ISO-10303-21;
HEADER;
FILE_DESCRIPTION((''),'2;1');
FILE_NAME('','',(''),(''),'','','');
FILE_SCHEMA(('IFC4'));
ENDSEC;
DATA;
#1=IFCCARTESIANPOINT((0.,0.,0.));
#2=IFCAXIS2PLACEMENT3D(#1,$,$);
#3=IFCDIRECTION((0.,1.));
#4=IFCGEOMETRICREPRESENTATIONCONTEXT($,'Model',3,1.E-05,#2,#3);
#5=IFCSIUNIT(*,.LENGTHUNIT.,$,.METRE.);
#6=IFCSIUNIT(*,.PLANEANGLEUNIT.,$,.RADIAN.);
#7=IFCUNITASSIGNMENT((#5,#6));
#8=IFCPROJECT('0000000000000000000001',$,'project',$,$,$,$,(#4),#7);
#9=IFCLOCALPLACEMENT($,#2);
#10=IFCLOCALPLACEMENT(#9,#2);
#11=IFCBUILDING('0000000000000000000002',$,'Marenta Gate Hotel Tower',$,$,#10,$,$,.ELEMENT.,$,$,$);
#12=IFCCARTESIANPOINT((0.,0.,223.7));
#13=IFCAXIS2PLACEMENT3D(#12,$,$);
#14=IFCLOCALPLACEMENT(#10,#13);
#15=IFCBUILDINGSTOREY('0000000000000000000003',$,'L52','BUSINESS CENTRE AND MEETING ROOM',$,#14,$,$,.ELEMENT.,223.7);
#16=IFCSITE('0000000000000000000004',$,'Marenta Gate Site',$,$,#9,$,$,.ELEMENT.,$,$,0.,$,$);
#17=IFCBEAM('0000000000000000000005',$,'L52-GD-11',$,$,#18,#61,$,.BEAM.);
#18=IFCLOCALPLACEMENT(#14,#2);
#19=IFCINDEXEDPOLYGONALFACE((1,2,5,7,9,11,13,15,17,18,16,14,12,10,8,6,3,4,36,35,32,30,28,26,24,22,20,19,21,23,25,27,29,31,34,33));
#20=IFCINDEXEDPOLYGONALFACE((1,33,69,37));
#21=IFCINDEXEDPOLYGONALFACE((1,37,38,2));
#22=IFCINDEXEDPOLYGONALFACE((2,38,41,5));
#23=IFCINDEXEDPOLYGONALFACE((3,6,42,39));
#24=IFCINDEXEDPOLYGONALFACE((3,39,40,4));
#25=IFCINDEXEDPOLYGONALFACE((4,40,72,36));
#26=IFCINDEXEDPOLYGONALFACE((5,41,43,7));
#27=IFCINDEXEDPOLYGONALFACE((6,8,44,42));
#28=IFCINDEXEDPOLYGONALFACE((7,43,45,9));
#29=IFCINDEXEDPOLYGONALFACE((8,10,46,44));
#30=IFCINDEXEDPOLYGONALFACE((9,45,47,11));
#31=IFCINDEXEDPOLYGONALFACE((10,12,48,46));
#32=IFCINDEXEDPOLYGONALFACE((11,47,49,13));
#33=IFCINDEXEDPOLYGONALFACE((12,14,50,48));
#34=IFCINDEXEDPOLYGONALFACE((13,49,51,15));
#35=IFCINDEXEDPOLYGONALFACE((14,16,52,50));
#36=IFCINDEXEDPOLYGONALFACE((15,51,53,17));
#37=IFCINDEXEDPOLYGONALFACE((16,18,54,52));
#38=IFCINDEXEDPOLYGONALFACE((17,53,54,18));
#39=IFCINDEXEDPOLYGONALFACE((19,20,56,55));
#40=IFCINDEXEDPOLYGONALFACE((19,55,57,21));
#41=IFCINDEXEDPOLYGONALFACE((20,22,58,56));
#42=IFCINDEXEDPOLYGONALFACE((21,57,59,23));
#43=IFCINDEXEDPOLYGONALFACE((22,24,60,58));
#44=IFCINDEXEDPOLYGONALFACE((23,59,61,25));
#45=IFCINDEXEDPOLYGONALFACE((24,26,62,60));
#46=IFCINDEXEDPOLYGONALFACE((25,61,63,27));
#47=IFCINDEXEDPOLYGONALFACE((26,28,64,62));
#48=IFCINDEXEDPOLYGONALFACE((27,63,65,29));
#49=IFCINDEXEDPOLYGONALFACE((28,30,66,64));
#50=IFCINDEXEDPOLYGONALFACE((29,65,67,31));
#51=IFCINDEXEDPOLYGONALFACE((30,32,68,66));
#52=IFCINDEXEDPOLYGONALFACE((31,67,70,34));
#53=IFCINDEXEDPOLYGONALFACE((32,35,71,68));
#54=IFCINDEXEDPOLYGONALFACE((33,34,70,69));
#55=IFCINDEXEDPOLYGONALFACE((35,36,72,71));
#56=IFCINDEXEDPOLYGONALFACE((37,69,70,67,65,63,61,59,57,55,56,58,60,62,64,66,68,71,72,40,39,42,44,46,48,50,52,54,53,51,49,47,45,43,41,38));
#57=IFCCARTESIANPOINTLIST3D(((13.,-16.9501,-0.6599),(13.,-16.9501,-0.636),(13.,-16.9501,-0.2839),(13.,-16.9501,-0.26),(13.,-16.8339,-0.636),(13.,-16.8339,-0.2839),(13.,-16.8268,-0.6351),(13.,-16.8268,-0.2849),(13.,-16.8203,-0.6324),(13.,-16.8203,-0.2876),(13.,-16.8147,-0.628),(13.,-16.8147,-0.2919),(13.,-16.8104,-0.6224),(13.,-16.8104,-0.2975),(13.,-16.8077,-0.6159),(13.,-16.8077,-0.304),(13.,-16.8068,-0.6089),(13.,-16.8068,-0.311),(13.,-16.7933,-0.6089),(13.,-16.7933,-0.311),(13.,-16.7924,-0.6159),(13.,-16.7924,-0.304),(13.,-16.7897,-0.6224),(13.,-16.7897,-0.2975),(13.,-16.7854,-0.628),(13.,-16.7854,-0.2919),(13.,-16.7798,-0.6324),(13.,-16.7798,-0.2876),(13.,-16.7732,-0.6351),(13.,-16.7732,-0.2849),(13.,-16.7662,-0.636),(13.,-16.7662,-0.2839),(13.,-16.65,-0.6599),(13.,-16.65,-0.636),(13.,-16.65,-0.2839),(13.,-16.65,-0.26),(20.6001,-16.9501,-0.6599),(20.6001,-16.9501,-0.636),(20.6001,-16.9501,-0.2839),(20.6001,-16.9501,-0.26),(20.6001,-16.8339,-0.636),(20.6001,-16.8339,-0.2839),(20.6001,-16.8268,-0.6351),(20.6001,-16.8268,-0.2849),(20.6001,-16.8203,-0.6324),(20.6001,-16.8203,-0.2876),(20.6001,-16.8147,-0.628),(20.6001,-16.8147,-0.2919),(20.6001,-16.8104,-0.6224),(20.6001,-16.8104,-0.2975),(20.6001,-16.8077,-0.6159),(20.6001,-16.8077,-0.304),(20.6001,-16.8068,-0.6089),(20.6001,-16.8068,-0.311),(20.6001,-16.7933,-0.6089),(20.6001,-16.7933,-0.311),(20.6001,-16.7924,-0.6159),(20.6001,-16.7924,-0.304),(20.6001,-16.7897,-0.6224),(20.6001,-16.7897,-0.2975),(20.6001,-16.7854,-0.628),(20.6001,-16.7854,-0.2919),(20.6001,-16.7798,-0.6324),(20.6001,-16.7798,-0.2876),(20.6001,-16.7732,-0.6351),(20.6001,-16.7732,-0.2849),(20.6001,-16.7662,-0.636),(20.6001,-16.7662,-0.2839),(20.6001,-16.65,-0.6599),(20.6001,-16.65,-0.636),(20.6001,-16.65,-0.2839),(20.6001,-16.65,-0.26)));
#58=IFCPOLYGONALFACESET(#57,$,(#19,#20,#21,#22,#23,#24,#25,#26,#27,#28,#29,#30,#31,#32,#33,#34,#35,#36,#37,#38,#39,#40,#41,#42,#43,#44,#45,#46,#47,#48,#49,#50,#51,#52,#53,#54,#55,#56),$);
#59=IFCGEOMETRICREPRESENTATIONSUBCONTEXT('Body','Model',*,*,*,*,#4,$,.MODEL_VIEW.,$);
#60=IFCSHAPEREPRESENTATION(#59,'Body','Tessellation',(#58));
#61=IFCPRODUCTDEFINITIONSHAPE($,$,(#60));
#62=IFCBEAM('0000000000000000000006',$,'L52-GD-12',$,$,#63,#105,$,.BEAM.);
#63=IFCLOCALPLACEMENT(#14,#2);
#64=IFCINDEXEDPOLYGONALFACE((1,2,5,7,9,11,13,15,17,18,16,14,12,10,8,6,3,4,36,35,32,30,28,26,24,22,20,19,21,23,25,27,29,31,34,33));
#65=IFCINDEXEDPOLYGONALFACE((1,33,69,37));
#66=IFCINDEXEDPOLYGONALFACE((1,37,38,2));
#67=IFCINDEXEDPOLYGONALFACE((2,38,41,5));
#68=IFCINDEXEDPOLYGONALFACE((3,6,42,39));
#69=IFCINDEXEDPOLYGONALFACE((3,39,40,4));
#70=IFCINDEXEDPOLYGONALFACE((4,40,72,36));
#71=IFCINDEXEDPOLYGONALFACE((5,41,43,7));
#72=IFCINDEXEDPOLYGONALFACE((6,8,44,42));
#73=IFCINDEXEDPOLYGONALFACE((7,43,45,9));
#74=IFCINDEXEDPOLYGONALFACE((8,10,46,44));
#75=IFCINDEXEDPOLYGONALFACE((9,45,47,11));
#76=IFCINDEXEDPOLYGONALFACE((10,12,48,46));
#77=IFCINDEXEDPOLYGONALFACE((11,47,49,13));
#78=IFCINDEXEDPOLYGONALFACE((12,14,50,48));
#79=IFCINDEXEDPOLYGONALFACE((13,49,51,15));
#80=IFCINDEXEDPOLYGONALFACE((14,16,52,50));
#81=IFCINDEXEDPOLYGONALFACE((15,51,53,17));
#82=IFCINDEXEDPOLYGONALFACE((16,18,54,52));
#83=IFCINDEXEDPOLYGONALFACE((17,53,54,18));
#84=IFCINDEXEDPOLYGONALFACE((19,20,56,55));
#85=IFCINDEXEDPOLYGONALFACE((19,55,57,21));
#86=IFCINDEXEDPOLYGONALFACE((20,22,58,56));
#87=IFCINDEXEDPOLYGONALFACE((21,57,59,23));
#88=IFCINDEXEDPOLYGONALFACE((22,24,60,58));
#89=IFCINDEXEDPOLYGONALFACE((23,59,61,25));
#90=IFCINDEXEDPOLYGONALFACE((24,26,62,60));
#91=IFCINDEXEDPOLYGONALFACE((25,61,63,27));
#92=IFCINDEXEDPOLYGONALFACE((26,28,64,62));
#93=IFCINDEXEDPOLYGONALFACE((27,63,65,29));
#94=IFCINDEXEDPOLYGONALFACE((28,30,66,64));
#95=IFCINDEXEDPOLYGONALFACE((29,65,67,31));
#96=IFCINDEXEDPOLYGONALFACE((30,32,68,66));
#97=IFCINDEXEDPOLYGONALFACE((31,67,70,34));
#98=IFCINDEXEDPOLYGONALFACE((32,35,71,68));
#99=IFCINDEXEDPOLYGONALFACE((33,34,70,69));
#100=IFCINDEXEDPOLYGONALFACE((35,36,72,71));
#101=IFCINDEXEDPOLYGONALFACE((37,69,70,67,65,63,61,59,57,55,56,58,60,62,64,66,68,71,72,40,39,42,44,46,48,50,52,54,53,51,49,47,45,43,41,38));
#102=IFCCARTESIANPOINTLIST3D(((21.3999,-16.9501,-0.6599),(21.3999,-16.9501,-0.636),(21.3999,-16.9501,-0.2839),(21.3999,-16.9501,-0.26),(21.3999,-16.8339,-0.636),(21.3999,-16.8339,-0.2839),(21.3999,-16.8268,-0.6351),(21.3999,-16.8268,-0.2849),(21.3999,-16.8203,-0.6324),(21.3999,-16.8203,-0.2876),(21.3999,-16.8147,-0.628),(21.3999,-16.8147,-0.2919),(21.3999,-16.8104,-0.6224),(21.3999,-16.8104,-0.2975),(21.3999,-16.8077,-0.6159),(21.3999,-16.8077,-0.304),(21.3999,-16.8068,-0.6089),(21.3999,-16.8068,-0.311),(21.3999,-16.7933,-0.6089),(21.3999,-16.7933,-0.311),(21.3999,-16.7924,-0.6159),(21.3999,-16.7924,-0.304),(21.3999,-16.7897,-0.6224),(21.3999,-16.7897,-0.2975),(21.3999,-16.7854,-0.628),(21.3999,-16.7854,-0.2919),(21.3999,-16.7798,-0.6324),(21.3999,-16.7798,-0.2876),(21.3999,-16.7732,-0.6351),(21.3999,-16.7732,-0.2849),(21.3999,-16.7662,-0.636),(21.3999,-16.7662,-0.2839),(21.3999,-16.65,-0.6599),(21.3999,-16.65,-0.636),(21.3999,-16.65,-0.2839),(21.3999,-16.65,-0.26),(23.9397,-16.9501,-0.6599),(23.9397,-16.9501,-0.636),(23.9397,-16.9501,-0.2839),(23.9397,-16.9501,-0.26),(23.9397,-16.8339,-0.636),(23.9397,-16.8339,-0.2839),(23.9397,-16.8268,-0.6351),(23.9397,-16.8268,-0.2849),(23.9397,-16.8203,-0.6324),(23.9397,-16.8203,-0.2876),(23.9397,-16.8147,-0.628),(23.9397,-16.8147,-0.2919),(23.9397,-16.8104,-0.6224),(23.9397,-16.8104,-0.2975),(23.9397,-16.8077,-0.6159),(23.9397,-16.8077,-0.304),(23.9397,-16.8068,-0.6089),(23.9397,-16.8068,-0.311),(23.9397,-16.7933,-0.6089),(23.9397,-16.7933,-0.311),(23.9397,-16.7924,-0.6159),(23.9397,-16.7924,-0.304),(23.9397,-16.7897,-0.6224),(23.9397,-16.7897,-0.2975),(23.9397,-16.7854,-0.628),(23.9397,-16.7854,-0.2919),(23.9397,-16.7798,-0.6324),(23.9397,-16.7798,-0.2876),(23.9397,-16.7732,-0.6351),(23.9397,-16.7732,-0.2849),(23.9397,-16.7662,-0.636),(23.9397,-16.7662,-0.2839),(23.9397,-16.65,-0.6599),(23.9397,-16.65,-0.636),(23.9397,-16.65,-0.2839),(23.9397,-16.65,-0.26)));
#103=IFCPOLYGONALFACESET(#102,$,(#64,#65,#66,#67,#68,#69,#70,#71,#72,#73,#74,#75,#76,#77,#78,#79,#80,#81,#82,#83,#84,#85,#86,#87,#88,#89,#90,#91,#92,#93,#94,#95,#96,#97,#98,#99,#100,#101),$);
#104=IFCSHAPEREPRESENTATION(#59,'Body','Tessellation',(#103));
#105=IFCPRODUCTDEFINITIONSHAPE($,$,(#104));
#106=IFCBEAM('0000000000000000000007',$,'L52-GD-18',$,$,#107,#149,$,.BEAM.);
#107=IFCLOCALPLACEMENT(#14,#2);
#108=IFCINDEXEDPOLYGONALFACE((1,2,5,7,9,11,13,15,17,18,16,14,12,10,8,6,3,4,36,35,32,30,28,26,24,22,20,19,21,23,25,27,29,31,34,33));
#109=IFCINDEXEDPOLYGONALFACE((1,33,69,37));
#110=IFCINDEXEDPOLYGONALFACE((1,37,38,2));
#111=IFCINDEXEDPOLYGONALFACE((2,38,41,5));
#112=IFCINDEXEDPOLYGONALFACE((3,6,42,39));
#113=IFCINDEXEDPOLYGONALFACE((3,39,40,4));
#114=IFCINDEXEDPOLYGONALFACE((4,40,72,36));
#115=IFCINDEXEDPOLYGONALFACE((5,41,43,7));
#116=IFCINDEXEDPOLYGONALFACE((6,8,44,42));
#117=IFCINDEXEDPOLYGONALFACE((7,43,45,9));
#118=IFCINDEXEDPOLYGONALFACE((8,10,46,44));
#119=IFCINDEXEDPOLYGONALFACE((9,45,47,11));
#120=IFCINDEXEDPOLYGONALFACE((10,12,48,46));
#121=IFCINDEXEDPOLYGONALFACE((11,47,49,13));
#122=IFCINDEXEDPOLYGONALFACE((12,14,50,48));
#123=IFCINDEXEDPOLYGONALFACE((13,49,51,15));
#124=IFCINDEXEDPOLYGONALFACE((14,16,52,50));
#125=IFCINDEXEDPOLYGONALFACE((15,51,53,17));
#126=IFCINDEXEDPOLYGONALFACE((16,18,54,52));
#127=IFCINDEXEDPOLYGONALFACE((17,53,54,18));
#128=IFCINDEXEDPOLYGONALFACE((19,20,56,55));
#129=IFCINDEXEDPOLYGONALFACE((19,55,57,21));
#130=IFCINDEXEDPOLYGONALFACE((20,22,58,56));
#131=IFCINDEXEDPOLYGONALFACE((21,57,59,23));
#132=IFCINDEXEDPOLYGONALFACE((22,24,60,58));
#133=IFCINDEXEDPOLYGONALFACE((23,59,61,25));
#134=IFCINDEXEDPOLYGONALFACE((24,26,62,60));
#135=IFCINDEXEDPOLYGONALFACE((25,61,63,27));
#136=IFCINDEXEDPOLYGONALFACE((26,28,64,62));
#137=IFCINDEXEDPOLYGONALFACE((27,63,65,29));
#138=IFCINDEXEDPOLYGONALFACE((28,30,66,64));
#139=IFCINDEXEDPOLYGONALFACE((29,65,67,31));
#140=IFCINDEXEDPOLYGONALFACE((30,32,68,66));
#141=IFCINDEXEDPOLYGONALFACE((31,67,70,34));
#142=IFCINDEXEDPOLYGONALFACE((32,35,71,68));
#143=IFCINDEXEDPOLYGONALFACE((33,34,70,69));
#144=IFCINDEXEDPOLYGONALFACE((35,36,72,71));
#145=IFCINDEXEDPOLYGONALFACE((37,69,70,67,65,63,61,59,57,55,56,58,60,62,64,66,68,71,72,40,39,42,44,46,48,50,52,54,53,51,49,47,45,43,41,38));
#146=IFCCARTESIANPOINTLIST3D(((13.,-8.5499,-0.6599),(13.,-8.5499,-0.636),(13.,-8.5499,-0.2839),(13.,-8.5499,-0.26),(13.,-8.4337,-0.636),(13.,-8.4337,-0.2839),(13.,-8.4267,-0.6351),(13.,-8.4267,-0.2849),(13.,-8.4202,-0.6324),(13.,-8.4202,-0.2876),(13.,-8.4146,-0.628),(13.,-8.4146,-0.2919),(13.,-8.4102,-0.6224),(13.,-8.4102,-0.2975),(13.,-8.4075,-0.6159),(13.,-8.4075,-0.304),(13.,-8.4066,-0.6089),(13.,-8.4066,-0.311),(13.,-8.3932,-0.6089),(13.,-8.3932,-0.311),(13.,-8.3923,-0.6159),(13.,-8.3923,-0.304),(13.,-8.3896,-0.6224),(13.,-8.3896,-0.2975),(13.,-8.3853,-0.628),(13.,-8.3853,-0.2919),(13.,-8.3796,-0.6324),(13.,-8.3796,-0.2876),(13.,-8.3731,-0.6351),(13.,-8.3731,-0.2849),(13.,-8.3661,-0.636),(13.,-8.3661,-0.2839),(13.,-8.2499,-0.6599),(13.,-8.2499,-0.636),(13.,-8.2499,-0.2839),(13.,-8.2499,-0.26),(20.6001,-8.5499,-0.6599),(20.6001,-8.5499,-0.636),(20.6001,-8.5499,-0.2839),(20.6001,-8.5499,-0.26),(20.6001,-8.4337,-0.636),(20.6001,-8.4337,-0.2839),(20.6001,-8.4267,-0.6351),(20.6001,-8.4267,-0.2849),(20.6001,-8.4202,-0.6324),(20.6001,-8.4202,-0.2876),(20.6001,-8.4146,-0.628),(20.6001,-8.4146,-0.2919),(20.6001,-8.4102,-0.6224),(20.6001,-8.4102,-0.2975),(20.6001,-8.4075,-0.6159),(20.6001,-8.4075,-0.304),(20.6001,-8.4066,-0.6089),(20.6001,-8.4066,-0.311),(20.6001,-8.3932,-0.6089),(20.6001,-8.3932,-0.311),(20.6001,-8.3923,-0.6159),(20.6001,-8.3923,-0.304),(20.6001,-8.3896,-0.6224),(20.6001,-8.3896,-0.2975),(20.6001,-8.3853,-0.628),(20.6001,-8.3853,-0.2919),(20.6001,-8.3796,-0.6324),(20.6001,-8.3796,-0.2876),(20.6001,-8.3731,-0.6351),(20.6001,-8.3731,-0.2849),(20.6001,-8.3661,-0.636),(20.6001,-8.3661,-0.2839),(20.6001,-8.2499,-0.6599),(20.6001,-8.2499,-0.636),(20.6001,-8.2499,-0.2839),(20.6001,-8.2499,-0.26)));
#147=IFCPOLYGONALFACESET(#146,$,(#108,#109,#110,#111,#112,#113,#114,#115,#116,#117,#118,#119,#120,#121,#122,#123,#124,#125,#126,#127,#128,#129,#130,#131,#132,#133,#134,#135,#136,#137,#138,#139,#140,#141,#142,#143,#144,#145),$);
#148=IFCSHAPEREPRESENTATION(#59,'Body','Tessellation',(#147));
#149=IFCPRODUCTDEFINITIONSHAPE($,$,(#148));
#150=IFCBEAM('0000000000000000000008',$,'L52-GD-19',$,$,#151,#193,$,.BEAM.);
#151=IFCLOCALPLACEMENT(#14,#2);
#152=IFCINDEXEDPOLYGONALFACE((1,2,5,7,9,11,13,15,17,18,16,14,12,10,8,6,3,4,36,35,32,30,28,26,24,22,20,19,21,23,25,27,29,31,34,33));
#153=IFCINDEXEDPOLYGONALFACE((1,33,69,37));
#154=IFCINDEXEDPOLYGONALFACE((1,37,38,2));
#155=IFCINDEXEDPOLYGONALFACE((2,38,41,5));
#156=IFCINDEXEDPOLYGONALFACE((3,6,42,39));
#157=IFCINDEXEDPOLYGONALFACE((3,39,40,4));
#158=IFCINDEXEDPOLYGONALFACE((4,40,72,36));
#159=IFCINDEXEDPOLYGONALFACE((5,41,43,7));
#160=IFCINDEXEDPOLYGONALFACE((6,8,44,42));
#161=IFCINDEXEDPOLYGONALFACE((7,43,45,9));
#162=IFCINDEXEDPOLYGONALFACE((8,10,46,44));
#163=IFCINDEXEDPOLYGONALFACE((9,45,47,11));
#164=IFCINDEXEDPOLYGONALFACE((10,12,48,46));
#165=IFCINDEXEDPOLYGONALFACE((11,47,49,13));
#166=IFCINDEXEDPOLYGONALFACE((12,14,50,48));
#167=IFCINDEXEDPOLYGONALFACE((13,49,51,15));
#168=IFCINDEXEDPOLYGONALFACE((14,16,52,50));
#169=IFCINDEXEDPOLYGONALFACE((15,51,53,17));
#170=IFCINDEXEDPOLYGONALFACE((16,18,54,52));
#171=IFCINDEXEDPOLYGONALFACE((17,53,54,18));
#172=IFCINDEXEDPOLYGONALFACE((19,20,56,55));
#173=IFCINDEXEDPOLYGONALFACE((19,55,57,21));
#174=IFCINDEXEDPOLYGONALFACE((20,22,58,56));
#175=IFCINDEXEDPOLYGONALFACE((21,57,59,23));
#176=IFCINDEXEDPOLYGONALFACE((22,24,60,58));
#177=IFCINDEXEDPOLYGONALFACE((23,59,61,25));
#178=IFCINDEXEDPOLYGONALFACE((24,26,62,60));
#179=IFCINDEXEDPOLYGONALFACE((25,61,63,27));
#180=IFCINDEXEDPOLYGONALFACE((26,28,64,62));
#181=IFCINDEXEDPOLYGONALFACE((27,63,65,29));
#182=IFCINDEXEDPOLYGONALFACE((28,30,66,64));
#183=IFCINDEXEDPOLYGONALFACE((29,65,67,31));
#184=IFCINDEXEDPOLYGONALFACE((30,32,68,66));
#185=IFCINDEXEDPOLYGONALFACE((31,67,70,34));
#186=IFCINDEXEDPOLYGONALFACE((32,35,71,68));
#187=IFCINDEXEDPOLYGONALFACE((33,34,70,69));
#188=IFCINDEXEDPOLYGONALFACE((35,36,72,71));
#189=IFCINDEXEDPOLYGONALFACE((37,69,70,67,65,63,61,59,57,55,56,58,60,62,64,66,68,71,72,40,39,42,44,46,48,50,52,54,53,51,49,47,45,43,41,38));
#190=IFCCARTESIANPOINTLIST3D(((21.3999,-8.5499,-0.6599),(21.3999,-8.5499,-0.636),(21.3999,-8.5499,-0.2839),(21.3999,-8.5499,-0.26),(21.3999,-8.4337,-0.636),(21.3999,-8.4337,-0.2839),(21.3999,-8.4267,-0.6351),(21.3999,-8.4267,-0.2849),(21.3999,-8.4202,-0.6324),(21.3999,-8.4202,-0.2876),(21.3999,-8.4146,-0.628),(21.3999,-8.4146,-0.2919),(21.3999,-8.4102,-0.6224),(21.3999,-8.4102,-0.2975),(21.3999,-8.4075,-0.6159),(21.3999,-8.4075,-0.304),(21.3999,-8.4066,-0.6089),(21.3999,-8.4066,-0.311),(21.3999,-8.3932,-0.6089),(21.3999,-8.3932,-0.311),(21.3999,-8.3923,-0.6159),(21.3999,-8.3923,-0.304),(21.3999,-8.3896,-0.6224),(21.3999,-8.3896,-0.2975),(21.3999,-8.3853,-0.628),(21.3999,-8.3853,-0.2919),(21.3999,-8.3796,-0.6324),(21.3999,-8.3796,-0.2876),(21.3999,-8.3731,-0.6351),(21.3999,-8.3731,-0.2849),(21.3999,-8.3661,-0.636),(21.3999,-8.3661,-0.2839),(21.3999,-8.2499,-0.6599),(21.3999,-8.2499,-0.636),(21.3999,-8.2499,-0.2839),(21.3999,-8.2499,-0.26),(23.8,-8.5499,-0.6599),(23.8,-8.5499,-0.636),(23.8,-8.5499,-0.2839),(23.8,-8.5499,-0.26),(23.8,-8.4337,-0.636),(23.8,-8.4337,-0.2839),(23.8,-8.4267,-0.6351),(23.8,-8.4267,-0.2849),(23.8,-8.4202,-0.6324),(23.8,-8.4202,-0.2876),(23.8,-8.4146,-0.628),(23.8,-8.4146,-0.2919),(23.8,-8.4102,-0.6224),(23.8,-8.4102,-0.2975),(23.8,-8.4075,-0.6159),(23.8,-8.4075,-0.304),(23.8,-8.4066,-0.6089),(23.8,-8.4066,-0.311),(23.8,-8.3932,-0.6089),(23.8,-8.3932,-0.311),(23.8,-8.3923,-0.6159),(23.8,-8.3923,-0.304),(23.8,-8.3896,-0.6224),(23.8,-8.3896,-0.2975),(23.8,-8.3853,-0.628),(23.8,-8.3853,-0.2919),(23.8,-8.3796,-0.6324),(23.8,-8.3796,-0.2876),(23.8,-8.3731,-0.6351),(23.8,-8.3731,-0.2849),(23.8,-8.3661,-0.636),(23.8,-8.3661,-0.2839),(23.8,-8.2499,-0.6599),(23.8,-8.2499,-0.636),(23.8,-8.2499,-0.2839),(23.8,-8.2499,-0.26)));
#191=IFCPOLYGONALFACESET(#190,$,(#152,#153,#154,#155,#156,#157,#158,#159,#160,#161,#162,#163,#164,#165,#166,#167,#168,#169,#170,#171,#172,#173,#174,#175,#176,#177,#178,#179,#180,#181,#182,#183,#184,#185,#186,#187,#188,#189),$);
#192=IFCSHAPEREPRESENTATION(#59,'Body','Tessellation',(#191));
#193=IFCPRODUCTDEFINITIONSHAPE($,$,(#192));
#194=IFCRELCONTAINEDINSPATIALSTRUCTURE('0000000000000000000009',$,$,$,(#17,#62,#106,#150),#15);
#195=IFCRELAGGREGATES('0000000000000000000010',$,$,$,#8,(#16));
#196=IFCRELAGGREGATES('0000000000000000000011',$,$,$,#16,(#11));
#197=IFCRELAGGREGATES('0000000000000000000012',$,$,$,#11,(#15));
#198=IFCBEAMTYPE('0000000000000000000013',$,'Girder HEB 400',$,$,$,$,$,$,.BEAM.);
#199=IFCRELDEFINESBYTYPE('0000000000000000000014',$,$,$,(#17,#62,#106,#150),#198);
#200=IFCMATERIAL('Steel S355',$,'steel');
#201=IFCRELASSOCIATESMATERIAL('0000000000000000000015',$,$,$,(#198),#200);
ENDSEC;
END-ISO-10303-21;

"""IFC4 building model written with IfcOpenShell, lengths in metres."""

from ifc_helpers import new_model, si_unit, direction, frame, origin, origin_2d, place, context, subcontext, project, spatial, i_section, extrude, material, material_profile, profile_set, type_object, element, save


model = new_model("IFC4")

# Units and contexts
model_context = context("Model", 3, precision=1e-05, world=origin(), true_north=direction((0.0, 1.0)))
body_context = subcontext(model_context, "Body", "Model", "MODEL_VIEW")
ifc_project = project(units=[si_unit("LENGTHUNIT", "METRE"), si_unit("PLANEANGLEUNIT", "RADIAN")], contexts=[model_context])

# Site, building, storey
site_placement = place(None, origin())
site = spatial("IfcSite", under=ifc_project, at=site_placement, Name="Marenta Gate Site", CompositionType="ELEMENT", RefElevation=0.0)
building_placement = place(site_placement, origin())
building = spatial("IfcBuilding", under=site, at=building_placement, Name="Marenta Gate Hotel Tower", CompositionType="ELEMENT")
storey_placement = place(building_placement, frame((0.0, 0.0, 223.7)))
storey = spatial("IfcBuildingStorey", under=building, at=storey_placement, Name="L52", Description="BUSINESS CENTRE AND MEETING ROOM", CompositionType="ELEMENT", Elevation=223.7)

# Beams
ifc_material_1 = material(Name="Steel S355", Category="steel")
ifc_material_profile_1 = material_profile(ifc_material_1, i_section(OverallWidth=0.3, OverallDepth=0.3999, WebThickness=0.0134, FlangeThickness=0.0239, FilletRadius=0.0271, at=origin_2d()), Name="HEB 400")
ifc_profile_set_1 = profile_set([ifc_material_profile_1], Name="Steel S355")
beam_type_1 = type_object("IfcBeamType", Name="Girder HEB 400", PredefinedType="BEAM", material=ifc_profile_set_1)
beam_1_placement = place(storey_placement, frame((13.0, -16.8, -0.46), z_axis=(1.0, 0.0, 0.0), x_axis=(0.0, 1.0, 0.0)))
element("IfcBeam", 1, at=beam_1_placement, inside=storey, type_object=beam_type_1, Name="L52-GD-11", PredefinedType="BEAM", context=body_context, shape_type="SweptSolid", body=[
    extrude(i_section(OverallWidth=0.3, OverallDepth=0.3999, WebThickness=0.0134, FlangeThickness=0.0239, FilletRadius=0.0271, at=origin_2d()), origin(), (0.0, 0.0, 1.0), 7.6001),
])
beam_2_placement = place(storey_placement, frame((21.3999, -16.8, -0.46), z_axis=(1.0, 0.0, 0.0), x_axis=(0.0, 1.0, 0.0)))
element("IfcBeam", 2, at=beam_2_placement, inside=storey, type_object=beam_type_1, Name="L52-GD-12", PredefinedType="BEAM", context=body_context, shape_type="SweptSolid", body=[
    extrude(i_section(OverallWidth=0.3, OverallDepth=0.3999, WebThickness=0.0134, FlangeThickness=0.0239, FilletRadius=0.0271, at=origin_2d()), origin(), (0.0, 0.0, 1.0), 2.5398),
])
beam_3_placement = place(storey_placement, frame((13.0, -8.3999, -0.46), z_axis=(1.0, 0.0, 0.0), x_axis=(0.0, 1.0, 0.0)))
element("IfcBeam", 3, at=beam_3_placement, inside=storey, type_object=beam_type_1, Name="L52-GD-18", PredefinedType="BEAM", context=body_context, shape_type="SweptSolid", body=[
    extrude(i_section(OverallWidth=0.3, OverallDepth=0.3999, WebThickness=0.0134, FlangeThickness=0.0239, FilletRadius=0.0271, at=origin_2d()), origin(), (0.0, 0.0, 1.0), 7.6001),
])
beam_4_placement = place(storey_placement, frame((21.3999, -8.3999, -0.46), z_axis=(1.0, 0.0, 0.0), x_axis=(0.0, 1.0, 0.0)))
element("IfcBeam", 4, at=beam_4_placement, inside=storey, type_object=beam_type_1, Name="L52-GD-19", PredefinedType="BEAM", context=body_context, shape_type="SweptSolid", body=[
    extrude(i_section(OverallWidth=0.3, OverallDepth=0.3999, WebThickness=0.0134, FlangeThickness=0.0239, FilletRadius=0.0271, at=origin_2d()), origin(), (0.0, 0.0, 1.0), 2.4001),
])

save(model, "model.ifc")
